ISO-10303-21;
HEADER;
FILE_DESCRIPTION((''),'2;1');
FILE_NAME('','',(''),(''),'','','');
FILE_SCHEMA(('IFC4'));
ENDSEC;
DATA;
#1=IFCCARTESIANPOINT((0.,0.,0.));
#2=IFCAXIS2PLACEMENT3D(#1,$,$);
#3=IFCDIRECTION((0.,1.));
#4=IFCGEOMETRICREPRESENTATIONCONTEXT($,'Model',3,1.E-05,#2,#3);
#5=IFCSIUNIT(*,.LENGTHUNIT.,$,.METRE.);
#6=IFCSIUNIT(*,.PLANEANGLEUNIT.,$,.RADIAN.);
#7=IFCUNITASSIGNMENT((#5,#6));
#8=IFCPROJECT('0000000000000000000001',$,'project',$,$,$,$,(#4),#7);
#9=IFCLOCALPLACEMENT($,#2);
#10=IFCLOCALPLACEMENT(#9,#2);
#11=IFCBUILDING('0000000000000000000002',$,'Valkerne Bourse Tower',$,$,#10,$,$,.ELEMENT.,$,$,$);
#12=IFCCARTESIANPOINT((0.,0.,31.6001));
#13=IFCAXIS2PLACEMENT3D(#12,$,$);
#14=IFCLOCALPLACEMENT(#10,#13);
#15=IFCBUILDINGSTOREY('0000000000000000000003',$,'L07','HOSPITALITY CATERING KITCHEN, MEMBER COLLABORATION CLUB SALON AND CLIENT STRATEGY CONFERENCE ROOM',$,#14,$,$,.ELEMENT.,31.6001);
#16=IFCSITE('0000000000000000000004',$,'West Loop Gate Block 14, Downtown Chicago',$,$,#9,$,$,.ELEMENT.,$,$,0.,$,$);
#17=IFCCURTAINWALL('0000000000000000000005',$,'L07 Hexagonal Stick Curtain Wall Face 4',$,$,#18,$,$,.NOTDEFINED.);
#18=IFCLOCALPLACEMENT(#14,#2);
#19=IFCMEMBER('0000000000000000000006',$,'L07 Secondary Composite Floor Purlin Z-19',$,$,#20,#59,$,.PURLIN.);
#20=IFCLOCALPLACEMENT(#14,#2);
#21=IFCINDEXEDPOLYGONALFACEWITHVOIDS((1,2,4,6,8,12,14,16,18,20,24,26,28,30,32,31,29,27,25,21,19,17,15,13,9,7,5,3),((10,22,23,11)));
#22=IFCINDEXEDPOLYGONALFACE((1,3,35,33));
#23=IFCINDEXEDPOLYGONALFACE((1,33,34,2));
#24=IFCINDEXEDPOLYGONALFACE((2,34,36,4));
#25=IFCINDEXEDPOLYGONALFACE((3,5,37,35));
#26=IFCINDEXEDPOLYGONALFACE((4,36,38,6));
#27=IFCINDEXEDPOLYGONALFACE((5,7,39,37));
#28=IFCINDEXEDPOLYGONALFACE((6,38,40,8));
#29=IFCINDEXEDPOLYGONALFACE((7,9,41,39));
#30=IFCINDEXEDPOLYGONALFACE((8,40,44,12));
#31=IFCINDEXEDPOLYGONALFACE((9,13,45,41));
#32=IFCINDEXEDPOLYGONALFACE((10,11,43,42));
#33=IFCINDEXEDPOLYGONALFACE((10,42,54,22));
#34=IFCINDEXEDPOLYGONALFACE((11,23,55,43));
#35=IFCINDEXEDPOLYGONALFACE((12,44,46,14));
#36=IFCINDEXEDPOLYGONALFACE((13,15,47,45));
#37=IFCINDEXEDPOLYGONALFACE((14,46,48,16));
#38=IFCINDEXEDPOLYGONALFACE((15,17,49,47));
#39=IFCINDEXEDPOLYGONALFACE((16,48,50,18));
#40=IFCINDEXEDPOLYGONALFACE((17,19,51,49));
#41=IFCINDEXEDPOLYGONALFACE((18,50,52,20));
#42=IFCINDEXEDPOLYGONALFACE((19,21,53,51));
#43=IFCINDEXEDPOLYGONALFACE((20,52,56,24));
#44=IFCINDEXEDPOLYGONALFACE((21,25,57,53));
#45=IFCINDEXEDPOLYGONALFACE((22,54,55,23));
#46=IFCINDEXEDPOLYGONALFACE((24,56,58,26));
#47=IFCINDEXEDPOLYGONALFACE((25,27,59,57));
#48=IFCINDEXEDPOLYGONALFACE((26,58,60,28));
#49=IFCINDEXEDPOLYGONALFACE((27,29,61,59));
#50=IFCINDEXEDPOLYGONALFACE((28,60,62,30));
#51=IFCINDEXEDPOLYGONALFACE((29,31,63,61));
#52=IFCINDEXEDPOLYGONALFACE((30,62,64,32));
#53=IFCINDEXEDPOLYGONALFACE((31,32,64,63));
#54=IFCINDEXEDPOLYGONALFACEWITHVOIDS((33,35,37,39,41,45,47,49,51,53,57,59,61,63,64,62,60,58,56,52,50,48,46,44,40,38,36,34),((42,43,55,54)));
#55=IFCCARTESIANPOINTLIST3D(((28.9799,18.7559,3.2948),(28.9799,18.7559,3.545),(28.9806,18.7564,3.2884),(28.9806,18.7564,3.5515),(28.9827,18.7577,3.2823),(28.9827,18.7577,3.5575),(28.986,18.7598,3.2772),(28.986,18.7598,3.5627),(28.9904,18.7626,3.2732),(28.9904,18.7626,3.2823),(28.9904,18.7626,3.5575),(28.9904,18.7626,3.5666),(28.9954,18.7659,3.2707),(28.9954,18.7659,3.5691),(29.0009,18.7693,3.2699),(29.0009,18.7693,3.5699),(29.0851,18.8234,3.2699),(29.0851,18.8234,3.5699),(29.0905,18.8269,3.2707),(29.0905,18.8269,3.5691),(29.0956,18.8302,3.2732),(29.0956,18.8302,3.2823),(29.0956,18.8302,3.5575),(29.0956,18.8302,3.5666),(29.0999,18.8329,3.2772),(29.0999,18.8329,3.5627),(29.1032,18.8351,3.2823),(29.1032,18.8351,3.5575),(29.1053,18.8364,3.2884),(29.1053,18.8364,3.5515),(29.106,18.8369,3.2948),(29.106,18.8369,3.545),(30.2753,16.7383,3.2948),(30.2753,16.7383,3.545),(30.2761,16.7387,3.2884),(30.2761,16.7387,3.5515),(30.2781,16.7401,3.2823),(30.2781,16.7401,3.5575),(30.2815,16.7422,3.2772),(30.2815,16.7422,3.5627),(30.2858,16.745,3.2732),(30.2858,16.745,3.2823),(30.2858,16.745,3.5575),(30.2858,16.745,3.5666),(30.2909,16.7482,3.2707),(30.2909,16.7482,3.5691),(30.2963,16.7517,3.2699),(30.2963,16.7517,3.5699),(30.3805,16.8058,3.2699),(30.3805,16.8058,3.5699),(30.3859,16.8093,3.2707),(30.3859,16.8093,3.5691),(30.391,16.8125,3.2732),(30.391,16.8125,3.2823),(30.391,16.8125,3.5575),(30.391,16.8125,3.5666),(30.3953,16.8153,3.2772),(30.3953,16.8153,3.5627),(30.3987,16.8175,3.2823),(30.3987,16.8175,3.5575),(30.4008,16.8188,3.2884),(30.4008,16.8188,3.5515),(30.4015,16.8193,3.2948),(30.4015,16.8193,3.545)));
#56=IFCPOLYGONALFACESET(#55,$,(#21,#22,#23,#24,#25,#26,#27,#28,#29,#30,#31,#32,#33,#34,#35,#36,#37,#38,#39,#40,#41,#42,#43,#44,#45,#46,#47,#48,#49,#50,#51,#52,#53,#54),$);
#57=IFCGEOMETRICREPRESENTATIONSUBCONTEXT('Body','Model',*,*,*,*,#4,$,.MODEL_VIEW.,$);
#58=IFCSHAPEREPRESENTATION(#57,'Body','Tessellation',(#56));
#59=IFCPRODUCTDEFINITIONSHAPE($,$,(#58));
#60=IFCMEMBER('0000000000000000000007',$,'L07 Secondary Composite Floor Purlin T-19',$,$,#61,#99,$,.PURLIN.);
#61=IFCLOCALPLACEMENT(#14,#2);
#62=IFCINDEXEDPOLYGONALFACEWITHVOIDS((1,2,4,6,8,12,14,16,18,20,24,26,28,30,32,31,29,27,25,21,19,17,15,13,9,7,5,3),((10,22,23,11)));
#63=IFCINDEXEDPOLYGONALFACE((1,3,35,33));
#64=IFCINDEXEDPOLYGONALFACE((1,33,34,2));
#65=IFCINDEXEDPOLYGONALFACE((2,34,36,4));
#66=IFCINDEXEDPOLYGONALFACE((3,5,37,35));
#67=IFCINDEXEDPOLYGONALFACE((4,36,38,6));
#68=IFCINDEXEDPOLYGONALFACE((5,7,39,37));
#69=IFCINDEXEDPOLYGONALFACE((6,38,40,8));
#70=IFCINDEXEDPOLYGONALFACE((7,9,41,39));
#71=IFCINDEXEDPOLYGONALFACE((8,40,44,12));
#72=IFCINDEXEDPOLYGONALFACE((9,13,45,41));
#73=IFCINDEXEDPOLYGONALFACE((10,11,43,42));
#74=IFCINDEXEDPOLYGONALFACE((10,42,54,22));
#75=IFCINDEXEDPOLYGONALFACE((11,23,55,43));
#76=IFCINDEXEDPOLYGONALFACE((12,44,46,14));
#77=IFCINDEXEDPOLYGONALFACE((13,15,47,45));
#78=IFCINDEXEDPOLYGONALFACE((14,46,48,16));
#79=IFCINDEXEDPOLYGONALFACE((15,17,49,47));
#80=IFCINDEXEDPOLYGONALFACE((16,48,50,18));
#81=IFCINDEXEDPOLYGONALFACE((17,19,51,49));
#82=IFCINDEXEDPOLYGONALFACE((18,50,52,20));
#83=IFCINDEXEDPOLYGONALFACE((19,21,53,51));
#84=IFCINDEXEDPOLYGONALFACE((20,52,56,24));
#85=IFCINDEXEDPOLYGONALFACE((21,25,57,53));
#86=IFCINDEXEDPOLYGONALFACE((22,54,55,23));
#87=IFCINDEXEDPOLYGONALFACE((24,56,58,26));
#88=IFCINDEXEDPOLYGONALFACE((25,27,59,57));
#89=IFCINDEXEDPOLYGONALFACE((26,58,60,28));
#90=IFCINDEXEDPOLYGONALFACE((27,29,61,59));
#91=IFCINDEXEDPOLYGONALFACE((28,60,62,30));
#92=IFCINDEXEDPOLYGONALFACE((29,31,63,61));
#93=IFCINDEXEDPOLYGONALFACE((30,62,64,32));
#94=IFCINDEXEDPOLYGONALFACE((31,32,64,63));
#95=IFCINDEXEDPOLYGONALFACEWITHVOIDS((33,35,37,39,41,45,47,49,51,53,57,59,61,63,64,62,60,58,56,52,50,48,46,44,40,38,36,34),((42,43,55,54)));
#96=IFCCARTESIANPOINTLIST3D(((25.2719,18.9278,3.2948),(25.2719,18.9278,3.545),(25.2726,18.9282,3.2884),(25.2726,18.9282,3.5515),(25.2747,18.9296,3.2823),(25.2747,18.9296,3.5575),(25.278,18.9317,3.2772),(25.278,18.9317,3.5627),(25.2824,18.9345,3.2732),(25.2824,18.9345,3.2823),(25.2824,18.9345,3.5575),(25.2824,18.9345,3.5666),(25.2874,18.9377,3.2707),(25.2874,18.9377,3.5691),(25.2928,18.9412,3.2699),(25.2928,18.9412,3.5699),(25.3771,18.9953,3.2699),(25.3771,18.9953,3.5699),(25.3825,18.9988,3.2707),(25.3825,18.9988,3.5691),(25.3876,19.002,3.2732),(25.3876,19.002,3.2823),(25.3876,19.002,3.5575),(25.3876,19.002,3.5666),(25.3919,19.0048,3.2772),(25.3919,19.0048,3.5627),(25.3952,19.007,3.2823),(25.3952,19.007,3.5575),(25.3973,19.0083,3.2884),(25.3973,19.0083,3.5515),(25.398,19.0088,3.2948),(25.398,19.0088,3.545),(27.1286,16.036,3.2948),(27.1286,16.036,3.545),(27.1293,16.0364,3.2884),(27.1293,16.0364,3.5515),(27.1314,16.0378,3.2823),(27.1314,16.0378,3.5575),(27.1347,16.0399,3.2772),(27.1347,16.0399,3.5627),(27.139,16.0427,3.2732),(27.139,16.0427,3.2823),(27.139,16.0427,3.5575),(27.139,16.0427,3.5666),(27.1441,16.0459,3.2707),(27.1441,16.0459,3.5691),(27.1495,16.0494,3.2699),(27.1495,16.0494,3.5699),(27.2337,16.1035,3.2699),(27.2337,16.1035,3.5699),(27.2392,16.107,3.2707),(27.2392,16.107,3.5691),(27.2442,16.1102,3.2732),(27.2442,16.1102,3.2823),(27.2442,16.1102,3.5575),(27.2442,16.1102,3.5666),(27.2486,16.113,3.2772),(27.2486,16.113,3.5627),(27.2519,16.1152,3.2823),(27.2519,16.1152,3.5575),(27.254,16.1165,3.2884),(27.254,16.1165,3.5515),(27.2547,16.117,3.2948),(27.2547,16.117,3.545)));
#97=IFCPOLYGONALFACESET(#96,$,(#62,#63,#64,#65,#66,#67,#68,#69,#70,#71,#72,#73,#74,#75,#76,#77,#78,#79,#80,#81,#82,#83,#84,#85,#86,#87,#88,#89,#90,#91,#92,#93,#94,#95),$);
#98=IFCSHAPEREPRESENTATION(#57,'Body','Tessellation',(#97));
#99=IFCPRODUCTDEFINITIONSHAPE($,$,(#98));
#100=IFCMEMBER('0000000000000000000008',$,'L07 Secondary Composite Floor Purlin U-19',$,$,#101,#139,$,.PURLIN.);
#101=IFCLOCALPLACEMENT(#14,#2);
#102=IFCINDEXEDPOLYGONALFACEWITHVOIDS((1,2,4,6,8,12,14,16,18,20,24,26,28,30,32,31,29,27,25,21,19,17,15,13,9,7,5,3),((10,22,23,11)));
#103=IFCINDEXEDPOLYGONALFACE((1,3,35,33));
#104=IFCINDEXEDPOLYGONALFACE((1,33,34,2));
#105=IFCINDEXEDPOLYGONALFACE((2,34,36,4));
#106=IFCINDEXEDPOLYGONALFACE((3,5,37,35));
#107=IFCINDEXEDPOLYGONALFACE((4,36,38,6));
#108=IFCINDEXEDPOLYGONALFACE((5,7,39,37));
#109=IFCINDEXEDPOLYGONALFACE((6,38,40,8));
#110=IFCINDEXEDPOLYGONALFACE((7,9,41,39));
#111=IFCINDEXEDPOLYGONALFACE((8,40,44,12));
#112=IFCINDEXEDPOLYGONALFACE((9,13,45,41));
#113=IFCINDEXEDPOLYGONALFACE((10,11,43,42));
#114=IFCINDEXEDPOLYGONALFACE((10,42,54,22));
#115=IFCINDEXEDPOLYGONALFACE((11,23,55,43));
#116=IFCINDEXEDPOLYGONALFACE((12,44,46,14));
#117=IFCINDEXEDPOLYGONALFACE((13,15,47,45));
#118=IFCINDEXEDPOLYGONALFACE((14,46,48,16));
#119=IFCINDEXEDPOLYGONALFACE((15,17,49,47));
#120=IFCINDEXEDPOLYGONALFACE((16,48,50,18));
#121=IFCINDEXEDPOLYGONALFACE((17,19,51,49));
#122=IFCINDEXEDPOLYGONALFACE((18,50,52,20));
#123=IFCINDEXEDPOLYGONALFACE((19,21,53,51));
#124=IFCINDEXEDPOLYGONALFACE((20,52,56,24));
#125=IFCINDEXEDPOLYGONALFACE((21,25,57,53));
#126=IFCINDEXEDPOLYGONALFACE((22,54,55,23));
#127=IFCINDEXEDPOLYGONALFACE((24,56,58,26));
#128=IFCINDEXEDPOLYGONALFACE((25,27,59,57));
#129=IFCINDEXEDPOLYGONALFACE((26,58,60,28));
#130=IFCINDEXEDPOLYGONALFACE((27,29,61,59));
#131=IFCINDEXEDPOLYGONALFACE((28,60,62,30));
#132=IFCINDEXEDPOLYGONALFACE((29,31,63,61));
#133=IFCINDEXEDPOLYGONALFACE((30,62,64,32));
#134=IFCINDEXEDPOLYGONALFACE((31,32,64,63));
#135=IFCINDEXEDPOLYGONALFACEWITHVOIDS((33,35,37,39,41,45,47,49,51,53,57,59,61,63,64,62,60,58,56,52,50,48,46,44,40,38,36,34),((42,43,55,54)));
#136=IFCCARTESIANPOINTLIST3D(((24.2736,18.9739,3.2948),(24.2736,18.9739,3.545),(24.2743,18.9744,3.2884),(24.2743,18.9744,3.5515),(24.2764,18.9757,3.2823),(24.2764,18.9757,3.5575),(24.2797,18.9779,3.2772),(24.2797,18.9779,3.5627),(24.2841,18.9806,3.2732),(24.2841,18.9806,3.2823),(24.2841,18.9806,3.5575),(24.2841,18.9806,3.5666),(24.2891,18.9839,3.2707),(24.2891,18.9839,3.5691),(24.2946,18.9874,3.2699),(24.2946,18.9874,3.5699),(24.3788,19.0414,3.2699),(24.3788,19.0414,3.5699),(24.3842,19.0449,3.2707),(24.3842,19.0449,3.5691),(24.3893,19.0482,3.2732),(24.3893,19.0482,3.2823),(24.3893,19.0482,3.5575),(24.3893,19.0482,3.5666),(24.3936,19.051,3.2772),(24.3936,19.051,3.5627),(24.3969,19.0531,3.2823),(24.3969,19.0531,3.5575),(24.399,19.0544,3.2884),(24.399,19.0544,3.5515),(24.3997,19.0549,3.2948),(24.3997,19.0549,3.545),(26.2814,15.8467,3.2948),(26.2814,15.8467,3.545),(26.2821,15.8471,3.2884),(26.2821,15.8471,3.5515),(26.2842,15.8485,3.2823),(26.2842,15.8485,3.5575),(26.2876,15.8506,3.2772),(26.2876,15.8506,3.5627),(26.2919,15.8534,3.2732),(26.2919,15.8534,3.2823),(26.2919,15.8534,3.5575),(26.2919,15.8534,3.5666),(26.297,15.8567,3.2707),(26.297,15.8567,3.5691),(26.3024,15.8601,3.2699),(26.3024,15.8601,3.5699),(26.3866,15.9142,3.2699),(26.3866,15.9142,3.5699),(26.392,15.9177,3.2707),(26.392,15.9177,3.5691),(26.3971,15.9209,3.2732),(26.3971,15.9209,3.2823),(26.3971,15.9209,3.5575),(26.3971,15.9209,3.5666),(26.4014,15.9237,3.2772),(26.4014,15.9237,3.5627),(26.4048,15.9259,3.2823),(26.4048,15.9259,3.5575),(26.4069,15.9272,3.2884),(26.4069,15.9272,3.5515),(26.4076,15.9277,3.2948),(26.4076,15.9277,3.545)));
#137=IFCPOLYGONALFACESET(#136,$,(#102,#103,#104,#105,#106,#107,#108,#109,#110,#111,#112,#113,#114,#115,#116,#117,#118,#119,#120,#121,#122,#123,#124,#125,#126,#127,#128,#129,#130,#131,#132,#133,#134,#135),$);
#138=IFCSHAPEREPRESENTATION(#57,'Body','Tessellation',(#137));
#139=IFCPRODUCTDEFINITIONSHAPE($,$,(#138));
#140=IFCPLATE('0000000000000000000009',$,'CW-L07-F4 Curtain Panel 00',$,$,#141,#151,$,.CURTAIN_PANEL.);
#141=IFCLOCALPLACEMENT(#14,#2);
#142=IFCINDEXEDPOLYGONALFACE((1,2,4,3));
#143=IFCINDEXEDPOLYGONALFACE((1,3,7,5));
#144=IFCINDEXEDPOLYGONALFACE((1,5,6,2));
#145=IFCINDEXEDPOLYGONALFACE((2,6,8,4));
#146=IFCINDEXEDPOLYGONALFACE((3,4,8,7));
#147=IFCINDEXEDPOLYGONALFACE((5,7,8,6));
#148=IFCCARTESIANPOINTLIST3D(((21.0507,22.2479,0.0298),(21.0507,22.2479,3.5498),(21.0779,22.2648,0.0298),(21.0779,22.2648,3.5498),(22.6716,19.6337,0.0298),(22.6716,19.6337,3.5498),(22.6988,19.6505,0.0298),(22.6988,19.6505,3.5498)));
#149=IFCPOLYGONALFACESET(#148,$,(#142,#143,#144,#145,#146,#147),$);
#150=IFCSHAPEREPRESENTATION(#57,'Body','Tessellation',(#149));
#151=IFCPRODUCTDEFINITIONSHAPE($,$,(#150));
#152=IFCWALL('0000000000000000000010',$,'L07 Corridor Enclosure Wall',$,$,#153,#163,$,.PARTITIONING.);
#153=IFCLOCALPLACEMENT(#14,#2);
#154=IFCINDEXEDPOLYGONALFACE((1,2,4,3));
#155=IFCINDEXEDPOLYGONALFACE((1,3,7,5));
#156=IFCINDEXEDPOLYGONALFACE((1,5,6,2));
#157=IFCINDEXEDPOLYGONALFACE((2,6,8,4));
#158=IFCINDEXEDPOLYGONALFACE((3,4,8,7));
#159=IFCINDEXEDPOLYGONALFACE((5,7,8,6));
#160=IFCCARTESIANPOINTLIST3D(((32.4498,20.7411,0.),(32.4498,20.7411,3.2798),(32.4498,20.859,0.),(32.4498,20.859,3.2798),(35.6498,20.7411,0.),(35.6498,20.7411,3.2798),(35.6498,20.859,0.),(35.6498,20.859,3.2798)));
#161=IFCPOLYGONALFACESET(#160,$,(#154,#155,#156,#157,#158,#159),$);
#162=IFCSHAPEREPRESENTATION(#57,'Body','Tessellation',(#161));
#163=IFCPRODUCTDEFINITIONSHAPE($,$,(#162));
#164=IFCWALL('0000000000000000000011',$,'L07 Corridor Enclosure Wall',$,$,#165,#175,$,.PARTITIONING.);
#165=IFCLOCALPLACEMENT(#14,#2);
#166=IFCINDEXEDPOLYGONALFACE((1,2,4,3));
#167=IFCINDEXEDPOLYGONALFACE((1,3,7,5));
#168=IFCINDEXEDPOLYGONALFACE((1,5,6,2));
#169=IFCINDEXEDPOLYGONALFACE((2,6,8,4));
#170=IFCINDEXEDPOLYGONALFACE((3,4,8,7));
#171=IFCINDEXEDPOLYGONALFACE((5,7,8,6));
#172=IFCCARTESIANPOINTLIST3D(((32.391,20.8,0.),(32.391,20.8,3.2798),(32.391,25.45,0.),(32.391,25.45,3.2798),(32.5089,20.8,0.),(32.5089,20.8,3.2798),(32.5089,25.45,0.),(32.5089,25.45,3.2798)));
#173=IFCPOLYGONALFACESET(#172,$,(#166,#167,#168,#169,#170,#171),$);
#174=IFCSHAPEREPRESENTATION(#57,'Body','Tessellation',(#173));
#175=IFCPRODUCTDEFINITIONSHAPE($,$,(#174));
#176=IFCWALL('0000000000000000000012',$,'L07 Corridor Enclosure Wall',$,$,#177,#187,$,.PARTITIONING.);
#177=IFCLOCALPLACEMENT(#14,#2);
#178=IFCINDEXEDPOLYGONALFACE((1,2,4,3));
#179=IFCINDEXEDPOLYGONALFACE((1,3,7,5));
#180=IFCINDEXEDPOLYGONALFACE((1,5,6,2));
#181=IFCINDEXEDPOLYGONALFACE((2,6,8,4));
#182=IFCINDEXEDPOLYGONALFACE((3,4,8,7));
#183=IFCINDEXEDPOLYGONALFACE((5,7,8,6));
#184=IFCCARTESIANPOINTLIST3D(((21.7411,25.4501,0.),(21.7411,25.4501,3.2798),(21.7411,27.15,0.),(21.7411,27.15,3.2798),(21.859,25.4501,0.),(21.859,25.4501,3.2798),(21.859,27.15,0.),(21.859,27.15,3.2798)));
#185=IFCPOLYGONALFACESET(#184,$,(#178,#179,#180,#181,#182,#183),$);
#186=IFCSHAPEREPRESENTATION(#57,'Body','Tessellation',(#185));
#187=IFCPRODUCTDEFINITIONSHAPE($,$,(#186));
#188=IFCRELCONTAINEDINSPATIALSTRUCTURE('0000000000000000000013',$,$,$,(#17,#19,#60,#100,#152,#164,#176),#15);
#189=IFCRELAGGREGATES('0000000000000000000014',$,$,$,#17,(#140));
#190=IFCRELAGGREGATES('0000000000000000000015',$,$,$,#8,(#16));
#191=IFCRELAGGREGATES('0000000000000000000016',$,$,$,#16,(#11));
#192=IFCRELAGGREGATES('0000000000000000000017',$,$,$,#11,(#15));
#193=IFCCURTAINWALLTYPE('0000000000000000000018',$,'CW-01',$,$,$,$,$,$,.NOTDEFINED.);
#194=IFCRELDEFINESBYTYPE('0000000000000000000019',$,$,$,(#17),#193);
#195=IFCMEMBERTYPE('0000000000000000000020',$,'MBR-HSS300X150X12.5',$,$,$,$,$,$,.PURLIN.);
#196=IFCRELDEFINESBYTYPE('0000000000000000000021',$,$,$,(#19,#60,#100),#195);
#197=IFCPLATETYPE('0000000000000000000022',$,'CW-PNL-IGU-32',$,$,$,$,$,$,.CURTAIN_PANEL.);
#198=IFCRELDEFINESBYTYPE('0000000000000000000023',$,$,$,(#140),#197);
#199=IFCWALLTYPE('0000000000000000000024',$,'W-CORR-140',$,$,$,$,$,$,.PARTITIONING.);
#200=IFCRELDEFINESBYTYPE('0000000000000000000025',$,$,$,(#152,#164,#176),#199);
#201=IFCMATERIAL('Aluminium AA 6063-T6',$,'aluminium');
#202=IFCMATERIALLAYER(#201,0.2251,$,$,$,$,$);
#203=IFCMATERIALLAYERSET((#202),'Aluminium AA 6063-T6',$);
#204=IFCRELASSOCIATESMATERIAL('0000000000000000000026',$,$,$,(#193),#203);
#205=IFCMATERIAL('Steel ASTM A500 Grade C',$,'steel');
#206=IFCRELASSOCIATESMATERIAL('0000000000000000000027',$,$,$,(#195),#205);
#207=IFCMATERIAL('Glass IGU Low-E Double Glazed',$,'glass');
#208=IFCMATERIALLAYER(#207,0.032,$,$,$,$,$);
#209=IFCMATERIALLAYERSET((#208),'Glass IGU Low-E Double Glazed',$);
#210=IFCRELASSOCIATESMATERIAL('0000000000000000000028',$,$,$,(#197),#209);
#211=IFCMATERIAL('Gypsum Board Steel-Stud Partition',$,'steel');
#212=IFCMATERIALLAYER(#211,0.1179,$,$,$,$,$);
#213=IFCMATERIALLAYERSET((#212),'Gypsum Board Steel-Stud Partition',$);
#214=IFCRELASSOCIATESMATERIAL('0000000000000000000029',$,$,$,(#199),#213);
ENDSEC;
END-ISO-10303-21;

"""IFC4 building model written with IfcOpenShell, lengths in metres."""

from ifc_helpers import new_model, si_unit, direction, frame, frame_2d, origin, origin_2d, place, context, subcontext, project, spatial, rectangle, hollow_rectangle, extrude, material, layer, layer_set, material_profile, profile_set, type_object, element, aggregate, save


model = new_model("IFC4")

# Units and contexts
model_context = context("Model", 3, precision=1e-05, world=origin(), true_north=direction((0.0, 1.0)))
body_context = subcontext(model_context, "Body", "Model", "MODEL_VIEW")
ifc_project = project(units=[si_unit("LENGTHUNIT", "METRE"), si_unit("PLANEANGLEUNIT", "RADIAN")], contexts=[model_context])

# Site, building, storey
site_placement = place(None, origin())
site = spatial("IfcSite", under=ifc_project, at=site_placement, Name="West Loop Gate Block 14, Downtown Chicago", CompositionType="ELEMENT", RefElevation=0.0)
building_placement = place(site_placement, origin())
building = spatial("IfcBuilding", under=site, at=building_placement, Name="Valkerne Bourse Tower", CompositionType="ELEMENT")
storey_placement = place(building_placement, frame((0.0, 0.0, 31.6001)))
storey = spatial("IfcBuildingStorey", under=building, at=storey_placement, Name="L07", Description="HOSPITALITY CATERING KITCHEN, MEMBER COLLABORATION CLUB SALON AND CLIENT STRATEGY CONFERENCE ROOM", CompositionType="ELEMENT", Elevation=31.6001)

# Curtain wall
ifc_material_1 = material(Name="Aluminium AA 6063-T6", Category="aluminium")
ifc_layer_1 = layer(ifc_material_1, 0.2251)
ifc_layer_set_1 = layer_set([ifc_layer_1], Name="Aluminium AA 6063-T6")
curtain_wall_type = type_object("IfcCurtainWallType", Name="CW-01", PredefinedType="NOTDEFINED", material=ifc_layer_set_1)
curtain_wall_placement = place(storey_placement, origin())
curtain_wall = element("IfcCurtainWall", 1, at=curtain_wall_placement, inside=storey, type_object=curtain_wall_type, Name="L07 Hexagonal Stick Curtain Wall Face 4", PredefinedType="NOTDEFINED")

# Members
ifc_material_2 = material(Name="Steel ASTM A500 Grade C", Category="steel")
ifc_material_profile_1 = material_profile(ifc_material_2, hollow_rectangle(XDim=0.1499, YDim=0.3, WallThickness=0.0125, OuterFilletRadius=0.0249, at=origin_2d()), Name="HSS300X150X12.5")
ifc_profile_set_1 = profile_set([ifc_material_profile_1], Name="Steel ASTM A500 Grade C")
member_type_1 = type_object("IfcMemberType", Name="MBR-HSS300X150X12.5", PredefinedType="PURLIN", material=ifc_profile_set_1)
member_1_placement = place(storey_placement, frame((29.043, 18.7964, 3.4199), z_axis=(0.540284, -0.841483, 0.0), x_axis=(0.841483, 0.540284, 0.0)))
element("IfcMember", 2, at=member_1_placement, inside=storey, type_object=member_type_1, Name="L07 Secondary Composite Floor Purlin Z-19", PredefinedType="PURLIN", context=body_context, shape_type="SweptSolid", body=[
    extrude(hollow_rectangle(XDim=0.1499, YDim=0.3, WallThickness=0.0125, OuterFilletRadius=0.0249, at=origin_2d()), origin(), (0.0, 0.0, 1.0), 2.3977),
])
member_2_placement = place(storey_placement, frame((25.335, 18.9683, 3.4199), z_axis=(0.540273, -0.84149, 0.0), x_axis=(0.84149, 0.540273, 0.0)))
element("IfcMember", 3, at=member_2_placement, inside=storey, type_object=member_type_1, Name="L07 Secondary Composite Floor Purlin T-19", PredefinedType="PURLIN", context=body_context, shape_type="SweptSolid", body=[
    extrude(hollow_rectangle(XDim=0.1499, YDim=0.3, WallThickness=0.0125, OuterFilletRadius=0.0249, at=origin_2d()), origin(), (0.0, 0.0, 1.0), 3.4365),
])
member_3_placement = place(storey_placement, frame((24.3367, 19.0144, 3.4199), z_axis=(0.540276, -0.841488, 0.0), x_axis=(0.841488, 0.540276, 0.0)))
element("IfcMember", 4, at=member_3_placement, inside=storey, type_object=member_type_1, Name="L07 Secondary Composite Floor Purlin U-19", PredefinedType="PURLIN", context=body_context, shape_type="SweptSolid", body=[
    extrude(hollow_rectangle(XDim=0.1499, YDim=0.3, WallThickness=0.0125, OuterFilletRadius=0.0249, at=origin_2d()), origin(), (0.0, 0.0, 1.0), 3.7163),
])

# Plate
ifc_material_3 = material(Name="Glass IGU Low-E Double Glazed", Category="glass")
ifc_layer_2 = layer(ifc_material_3, 0.032)
ifc_layer_set_2 = layer_set([ifc_layer_2], Name="Glass IGU Low-E Double Glazed")
plate_type = type_object("IfcPlateType", Name="CW-PNL-IGU-32", PredefinedType="CURTAIN_PANEL", material=ifc_layer_set_2)
plate_placement = place(storey_placement, frame((21.8748, 20.9492, 0.0298), z_axis=(0.0, 0.0, 1.0), x_axis=(0.52695, -0.849896, 0.0)))
plate = element("IfcPlate", 5, at=plate_placement, type_object=plate_type, Name="CW-L07-F4 Curtain Panel 00", PredefinedType="CURTAIN_PANEL", context=body_context, shape_type="SweptSolid", body=[
    extrude(rectangle(XDim=3.0759, YDim=0.032, at=origin_2d()), origin(), (0.0, 0.0, 1.0), 3.52),
])
aggregate(curtain_wall, [plate])

# Walls
ifc_material_4 = material(Name="Gypsum Board Steel-Stud Partition", Category="steel")
ifc_layer_3 = layer(ifc_material_4, 0.1179)
ifc_layer_set_3 = layer_set([ifc_layer_3], Name="Gypsum Board Steel-Stud Partition")
wall_type_1 = type_object("IfcWallType", Name="W-CORR-140", PredefinedType="PARTITIONING", material=ifc_layer_set_3)
wall_1_placement = place(storey_placement, frame((35.6499, 20.8, 0.0), z_axis=(0.0, 0.0, 1.0), x_axis=(-1.0, 0.0, 0.0)))
element("IfcWall", 6, at=wall_1_placement, inside=storey, type_object=wall_type_1, Name="L07 Corridor Enclosure Wall", PredefinedType="PARTITIONING", context=body_context, shape_type="SweptSolid", body=[
    extrude(rectangle(XDim=3.2, YDim=0.1179, at=frame_2d((1.6001, 0.0))), origin(), (0.0, 0.0, 1.0), 3.2798),
])
wall_2_placement = place(storey_placement, frame((32.45, 20.8, 0.0), z_axis=(0.0, 0.0, 1.0), x_axis=(0.0, 1.0, 0.0)))
element("IfcWall", 7, at=wall_2_placement, inside=storey, type_object=wall_type_1, Name="L07 Corridor Enclosure Wall", PredefinedType="PARTITIONING", context=body_context, shape_type="SweptSolid", body=[
    extrude(rectangle(XDim=4.6499, YDim=0.1179, at=frame_2d((2.325, 0.0))), origin(), (0.0, 0.0, 1.0), 3.2798),
])
wall_3_placement = place(storey_placement, frame((21.8, 25.45, 0.0), z_axis=(0.0, 0.0, 1.0), x_axis=(0.0, 1.0, 0.0)))
element("IfcWall", 8, at=wall_3_placement, inside=storey, type_object=wall_type_1, Name="L07 Corridor Enclosure Wall", PredefinedType="PARTITIONING", context=body_context, shape_type="SweptSolid", body=[
    extrude(rectangle(XDim=1.7, YDim=0.1179, at=frame_2d((0.8501, 0.0))), origin(), (0.0, 0.0, 1.0), 3.2798),
])

save(model, "model.ifc")
